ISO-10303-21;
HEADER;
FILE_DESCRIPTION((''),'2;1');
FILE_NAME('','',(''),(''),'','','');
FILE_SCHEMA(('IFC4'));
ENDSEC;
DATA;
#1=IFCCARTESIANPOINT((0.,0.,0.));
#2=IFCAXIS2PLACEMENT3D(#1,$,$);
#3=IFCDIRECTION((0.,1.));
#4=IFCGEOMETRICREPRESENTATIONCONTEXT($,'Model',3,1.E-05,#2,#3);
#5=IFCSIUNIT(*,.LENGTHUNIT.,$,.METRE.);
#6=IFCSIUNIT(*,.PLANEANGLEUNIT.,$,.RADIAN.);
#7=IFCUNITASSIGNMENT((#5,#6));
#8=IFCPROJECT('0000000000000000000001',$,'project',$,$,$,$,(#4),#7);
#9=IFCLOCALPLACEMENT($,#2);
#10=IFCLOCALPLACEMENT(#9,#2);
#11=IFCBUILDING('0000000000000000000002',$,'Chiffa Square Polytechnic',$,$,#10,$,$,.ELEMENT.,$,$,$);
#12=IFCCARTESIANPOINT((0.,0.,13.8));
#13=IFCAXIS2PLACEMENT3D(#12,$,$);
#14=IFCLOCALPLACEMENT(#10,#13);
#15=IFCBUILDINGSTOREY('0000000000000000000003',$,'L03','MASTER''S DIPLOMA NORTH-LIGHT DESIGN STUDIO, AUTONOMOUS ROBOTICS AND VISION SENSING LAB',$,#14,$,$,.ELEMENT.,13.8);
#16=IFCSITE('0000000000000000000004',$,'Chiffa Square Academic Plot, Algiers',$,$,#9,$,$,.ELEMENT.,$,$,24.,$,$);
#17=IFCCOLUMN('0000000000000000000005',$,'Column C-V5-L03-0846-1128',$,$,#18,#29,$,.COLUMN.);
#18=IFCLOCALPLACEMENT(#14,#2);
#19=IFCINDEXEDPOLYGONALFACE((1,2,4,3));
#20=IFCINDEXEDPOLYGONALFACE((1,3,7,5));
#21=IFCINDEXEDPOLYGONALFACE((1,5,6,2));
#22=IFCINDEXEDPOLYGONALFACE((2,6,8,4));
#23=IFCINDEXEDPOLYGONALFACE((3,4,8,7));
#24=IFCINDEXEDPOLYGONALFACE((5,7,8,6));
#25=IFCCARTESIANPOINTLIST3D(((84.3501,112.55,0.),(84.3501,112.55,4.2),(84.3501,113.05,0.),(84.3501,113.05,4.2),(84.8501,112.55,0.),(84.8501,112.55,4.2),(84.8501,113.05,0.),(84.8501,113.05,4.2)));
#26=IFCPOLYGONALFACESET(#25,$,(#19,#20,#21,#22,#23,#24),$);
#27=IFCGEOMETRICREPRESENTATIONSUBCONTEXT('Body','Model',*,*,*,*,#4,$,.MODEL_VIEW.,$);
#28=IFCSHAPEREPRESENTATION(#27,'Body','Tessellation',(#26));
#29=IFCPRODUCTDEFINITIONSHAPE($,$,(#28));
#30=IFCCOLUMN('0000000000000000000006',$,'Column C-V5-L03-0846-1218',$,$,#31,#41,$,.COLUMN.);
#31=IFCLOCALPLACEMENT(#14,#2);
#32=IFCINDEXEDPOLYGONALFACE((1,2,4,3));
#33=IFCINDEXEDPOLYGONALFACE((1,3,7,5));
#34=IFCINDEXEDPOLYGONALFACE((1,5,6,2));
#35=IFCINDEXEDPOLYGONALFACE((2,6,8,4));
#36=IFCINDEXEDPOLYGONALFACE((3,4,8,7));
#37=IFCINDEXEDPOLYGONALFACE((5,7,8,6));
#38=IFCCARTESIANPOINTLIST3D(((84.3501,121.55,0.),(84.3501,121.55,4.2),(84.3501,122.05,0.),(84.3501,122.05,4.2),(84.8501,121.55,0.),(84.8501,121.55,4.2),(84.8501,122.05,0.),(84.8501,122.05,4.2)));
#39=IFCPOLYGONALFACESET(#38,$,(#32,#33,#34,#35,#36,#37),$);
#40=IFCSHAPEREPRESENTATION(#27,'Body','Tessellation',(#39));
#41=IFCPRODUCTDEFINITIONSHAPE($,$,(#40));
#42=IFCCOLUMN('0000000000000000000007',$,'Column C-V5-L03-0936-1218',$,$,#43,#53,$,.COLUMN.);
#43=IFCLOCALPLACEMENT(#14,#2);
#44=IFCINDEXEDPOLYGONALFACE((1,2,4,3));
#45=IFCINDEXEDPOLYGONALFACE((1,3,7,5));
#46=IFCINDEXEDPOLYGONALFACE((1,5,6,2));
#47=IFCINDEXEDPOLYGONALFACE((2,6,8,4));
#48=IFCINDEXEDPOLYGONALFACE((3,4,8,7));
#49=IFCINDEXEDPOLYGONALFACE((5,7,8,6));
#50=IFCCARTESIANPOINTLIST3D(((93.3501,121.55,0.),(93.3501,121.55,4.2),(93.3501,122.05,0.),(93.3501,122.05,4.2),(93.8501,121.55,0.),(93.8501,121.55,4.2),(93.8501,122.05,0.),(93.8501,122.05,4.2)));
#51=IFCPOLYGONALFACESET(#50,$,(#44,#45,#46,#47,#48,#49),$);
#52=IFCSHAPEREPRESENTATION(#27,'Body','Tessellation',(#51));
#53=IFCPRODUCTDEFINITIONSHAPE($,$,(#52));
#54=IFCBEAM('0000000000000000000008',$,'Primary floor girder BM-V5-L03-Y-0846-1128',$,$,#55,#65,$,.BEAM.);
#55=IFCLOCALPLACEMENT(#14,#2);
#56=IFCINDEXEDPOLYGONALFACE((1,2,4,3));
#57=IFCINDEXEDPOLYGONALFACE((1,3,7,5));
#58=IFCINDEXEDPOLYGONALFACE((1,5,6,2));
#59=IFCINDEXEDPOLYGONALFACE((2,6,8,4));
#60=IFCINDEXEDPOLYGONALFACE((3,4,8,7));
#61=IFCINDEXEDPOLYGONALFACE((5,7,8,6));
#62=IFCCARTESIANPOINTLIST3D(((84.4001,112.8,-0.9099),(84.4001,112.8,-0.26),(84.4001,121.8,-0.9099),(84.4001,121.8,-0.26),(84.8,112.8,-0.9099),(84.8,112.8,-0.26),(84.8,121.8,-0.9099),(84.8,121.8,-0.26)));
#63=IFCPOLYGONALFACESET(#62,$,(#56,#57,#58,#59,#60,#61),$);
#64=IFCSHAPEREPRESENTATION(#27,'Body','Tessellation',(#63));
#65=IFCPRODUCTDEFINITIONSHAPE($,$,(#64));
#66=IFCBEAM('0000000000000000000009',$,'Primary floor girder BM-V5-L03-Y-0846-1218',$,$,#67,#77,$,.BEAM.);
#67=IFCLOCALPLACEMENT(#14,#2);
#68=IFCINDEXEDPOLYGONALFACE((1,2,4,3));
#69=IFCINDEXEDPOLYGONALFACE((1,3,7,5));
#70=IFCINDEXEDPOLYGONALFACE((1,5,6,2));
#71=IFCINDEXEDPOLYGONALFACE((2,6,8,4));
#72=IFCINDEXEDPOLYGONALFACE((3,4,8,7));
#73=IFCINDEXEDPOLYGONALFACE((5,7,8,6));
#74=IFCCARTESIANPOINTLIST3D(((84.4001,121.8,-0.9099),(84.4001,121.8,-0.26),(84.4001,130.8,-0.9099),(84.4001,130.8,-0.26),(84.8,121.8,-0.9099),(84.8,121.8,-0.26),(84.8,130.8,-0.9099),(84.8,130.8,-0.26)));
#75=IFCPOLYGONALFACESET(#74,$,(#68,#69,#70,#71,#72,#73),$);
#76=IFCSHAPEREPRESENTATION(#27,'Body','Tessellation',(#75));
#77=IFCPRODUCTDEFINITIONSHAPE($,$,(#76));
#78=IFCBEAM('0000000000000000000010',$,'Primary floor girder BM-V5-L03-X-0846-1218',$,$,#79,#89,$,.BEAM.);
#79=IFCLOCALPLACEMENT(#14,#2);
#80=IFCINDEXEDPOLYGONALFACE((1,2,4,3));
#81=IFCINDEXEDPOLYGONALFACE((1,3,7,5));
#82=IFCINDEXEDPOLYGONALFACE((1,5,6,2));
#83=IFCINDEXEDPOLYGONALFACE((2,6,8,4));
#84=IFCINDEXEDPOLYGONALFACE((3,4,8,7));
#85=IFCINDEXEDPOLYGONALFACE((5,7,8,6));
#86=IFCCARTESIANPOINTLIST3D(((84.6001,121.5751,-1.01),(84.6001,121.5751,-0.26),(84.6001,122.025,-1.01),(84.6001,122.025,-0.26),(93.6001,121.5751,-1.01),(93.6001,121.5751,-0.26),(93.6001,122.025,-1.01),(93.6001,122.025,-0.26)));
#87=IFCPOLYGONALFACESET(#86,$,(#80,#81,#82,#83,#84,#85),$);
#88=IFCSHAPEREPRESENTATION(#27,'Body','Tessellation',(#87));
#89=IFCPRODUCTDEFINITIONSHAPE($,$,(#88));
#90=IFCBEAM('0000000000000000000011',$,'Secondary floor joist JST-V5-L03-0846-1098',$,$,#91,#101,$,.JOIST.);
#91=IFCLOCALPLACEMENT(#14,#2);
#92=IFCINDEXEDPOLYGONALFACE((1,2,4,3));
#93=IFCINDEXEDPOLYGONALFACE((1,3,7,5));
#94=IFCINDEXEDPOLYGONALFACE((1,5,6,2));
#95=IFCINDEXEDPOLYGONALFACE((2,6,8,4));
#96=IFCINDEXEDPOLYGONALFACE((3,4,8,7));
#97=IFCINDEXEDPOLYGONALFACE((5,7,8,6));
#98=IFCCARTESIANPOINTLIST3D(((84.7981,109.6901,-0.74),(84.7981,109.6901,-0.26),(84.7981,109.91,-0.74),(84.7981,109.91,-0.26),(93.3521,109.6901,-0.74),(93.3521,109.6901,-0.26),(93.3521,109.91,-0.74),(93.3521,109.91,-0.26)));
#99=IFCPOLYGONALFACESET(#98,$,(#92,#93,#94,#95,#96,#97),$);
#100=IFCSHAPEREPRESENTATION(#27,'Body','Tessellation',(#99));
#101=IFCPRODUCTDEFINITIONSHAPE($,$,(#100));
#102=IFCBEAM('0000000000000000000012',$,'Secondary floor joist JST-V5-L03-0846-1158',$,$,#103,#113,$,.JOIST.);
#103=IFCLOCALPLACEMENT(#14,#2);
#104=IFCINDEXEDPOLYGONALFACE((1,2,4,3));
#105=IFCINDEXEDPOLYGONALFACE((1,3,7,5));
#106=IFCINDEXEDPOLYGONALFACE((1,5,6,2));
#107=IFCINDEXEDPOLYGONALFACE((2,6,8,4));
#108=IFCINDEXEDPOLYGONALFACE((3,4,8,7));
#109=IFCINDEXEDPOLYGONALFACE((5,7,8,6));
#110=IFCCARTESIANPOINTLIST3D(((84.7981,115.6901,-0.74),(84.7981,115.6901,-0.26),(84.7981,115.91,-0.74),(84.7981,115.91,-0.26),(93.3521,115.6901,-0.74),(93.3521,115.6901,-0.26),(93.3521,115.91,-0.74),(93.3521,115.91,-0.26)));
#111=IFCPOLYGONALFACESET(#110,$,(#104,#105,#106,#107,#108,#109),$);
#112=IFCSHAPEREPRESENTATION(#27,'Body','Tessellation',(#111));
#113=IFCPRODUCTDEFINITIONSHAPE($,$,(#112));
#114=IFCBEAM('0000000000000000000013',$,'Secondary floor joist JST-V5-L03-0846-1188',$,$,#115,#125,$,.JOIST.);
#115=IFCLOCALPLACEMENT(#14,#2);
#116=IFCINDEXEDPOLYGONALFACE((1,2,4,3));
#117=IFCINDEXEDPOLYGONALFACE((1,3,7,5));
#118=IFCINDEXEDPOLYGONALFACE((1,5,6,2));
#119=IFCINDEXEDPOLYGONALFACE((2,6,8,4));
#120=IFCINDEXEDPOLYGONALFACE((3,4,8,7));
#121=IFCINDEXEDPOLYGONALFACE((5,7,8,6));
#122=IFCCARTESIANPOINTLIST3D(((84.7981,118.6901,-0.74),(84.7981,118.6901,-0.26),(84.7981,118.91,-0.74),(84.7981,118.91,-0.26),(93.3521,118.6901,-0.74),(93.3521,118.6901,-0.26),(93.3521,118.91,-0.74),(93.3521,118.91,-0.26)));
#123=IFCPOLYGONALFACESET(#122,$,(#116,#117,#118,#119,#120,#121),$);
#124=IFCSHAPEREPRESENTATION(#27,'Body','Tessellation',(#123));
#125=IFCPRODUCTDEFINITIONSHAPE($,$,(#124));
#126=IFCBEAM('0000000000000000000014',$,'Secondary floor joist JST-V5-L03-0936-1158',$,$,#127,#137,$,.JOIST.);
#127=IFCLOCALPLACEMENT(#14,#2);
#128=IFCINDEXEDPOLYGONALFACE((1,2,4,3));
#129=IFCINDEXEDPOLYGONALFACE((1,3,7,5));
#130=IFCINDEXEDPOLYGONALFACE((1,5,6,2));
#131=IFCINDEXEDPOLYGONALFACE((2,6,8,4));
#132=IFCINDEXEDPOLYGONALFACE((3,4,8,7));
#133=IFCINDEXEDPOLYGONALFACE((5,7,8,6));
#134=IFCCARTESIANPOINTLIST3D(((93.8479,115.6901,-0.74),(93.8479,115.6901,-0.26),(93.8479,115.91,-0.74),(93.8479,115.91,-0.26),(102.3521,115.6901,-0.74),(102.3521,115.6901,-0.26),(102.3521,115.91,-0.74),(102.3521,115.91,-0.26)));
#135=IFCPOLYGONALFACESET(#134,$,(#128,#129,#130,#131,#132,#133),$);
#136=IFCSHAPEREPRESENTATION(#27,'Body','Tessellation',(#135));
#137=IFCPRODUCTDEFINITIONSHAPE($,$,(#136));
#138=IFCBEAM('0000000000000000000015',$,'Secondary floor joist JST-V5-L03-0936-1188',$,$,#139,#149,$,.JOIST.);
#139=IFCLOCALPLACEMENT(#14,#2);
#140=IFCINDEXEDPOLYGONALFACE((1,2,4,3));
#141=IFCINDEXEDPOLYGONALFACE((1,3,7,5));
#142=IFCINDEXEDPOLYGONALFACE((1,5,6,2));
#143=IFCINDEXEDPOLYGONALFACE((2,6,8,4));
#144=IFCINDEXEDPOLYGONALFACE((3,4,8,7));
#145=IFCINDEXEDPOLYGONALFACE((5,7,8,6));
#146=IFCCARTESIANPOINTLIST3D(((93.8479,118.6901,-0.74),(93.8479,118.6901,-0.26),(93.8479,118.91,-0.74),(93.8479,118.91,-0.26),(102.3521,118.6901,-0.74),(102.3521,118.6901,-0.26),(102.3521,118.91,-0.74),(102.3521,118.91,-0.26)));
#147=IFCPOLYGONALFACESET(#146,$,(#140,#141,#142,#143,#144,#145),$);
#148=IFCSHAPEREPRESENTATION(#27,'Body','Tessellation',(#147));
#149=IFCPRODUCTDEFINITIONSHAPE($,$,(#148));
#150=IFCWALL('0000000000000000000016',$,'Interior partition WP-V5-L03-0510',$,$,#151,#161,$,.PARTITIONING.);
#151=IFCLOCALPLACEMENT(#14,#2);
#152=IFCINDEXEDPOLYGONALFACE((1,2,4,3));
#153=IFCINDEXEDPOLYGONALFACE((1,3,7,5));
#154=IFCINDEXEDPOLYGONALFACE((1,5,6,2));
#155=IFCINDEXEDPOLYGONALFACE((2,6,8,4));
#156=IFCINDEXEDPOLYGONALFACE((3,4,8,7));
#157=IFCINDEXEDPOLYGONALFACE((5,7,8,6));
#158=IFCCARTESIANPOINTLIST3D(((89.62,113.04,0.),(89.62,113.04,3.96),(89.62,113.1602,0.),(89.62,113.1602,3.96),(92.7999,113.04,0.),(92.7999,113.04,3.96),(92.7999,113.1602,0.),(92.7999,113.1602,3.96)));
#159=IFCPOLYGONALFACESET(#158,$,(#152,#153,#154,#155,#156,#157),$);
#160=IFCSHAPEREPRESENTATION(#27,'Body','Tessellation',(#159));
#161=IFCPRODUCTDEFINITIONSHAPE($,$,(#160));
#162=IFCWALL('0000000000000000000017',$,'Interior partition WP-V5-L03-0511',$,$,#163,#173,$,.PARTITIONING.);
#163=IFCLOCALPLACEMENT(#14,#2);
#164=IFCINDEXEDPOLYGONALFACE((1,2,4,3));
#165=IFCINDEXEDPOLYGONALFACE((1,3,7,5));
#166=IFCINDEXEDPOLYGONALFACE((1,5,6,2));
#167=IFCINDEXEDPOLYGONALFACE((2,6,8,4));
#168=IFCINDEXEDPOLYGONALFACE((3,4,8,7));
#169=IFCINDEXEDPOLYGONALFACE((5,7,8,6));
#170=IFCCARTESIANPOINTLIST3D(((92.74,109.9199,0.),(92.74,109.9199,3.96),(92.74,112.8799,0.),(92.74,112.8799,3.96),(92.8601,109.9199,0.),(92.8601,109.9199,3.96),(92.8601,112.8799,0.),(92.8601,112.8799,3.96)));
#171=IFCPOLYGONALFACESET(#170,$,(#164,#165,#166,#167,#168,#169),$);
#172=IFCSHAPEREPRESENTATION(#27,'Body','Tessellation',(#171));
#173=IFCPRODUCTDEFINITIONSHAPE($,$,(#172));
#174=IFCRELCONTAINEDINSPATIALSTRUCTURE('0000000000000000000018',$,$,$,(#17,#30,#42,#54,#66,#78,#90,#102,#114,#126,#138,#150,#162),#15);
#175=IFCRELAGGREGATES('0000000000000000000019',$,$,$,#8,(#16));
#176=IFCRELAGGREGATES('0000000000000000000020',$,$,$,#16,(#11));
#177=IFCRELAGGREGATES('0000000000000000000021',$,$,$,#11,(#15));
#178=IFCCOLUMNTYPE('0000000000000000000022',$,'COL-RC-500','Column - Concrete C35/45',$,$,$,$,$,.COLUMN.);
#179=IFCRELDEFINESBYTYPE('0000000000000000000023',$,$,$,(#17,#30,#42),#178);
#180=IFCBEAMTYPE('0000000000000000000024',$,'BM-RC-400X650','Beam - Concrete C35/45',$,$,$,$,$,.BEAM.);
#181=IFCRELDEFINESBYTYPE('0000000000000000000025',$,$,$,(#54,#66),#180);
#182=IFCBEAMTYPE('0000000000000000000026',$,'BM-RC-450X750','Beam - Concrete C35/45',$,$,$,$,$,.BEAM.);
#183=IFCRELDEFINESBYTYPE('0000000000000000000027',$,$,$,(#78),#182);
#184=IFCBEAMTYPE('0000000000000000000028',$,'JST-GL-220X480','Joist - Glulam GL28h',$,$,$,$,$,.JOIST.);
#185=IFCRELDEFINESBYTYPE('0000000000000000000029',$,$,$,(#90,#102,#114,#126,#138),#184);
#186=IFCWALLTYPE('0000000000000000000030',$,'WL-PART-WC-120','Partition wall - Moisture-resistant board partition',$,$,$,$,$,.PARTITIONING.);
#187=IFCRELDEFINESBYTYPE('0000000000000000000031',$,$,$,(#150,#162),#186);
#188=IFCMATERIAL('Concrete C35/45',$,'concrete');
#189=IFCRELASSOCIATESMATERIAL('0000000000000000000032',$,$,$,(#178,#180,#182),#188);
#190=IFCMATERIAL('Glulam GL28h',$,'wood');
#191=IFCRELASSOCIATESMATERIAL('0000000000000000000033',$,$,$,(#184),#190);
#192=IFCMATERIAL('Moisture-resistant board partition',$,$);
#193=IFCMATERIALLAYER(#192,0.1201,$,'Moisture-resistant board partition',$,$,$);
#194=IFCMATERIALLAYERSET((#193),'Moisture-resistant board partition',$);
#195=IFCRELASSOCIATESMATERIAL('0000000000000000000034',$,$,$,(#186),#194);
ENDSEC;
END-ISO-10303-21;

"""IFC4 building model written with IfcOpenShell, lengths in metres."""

from ifc_helpers import new_model, si_unit, direction, frame, frame_2d, origin, origin_2d, place, context, subcontext, project, spatial, rectangle, extrude, material, layer, layer_set, material_profile, profile_set, type_object, element, save


model = new_model("IFC4")

# Units and contexts
model_context = context("Model", 3, precision=1e-05, world=origin(), true_north=direction((0.0, 1.0)))
body_context = subcontext(model_context, "Body", "Model", "MODEL_VIEW")
ifc_project = project(units=[si_unit("LENGTHUNIT", "METRE"), si_unit("PLANEANGLEUNIT", "RADIAN")], contexts=[model_context])

# Site, building, storey
site_placement = place(None, origin())
site = spatial("IfcSite", under=ifc_project, at=site_placement, Name="Chiffa Square Academic Plot, Algiers", CompositionType="ELEMENT", RefElevation=24.0)
building_placement = place(site_placement, origin())
building = spatial("IfcBuilding", under=site, at=building_placement, Name="Chiffa Square Polytechnic", CompositionType="ELEMENT")
storey_placement = place(building_placement, frame((0.0, 0.0, 13.8)))
storey = spatial("IfcBuildingStorey", under=building, at=storey_placement, Name="L03", Description="MASTER'S DIPLOMA NORTH-LIGHT DESIGN STUDIO, AUTONOMOUS ROBOTICS AND VISION SENSING LAB", CompositionType="ELEMENT", Elevation=13.8)

# Columns
ifc_material_1 = material(Name="Concrete C35/45", Category="concrete")
ifc_material_profile_1 = material_profile(ifc_material_1, rectangle(XDim=0.5, YDim=0.5, at=origin_2d()), Name="RC 500x500")
ifc_profile_set_1 = profile_set([ifc_material_profile_1], Name="Concrete C35/45")
column_type = type_object("IfcColumnType", Name="COL-RC-500", Description="Column - Concrete C35/45", PredefinedType="COLUMN", material=ifc_profile_set_1)
for number, where, z_axis, x_axis, name in (
    (1, (84.6001, 112.8, 0.0), (0.0, 0.0, 1.0), (1.0, 0.0, 0.0), "Column C-V5-L03-0846-1128"),
    (2, (84.6001, 121.8, 0.0), (0.0, 0.0, 1.0), (1.0, 0.0, 0.0), "Column C-V5-L03-0846-1218"),
    (3, (93.6001, 121.8, 0.0), (0.0, 0.0, 1.0), (1.0, 0.0, 0.0), "Column C-V5-L03-0936-1218"),
):
    element("IfcColumn", number, at=place(storey_placement, frame(where, z_axis=z_axis, x_axis=x_axis)), inside=storey, type_object=column_type, Name=name, PredefinedType="COLUMN", context=body_context, shape_type="SweptSolid", body=[
        extrude(rectangle(XDim=0.5, YDim=0.5, at=origin_2d()), origin(), (0.0, 0.0, 1.0), 4.2),
    ])

# Beams
ifc_material_profile_2 = material_profile(ifc_material_1, rectangle(XDim=0.3999, YDim=0.6499, at=origin_2d()), Name="RC 400x650")
ifc_profile_set_2 = profile_set([ifc_material_profile_2], Name="Concrete C35/45")
beam_type_1 = type_object("IfcBeamType", Name="BM-RC-400X650", Description="Beam - Concrete C35/45", PredefinedType="BEAM", material=ifc_profile_set_2)
for number, where, z_axis, x_axis, name in (
    (4, (84.6001, 112.8, -0.585), (0.0, 1.0, 0.0), (-1.0, 0.0, 0.0), "Primary floor girder BM-V5-L03-Y-0846-1128"),
    (5, (84.6001, 121.8, -0.585), (0.0, 1.0, 0.0), (-1.0, 0.0, 0.0), "Primary floor girder BM-V5-L03-Y-0846-1218"),
):
    element("IfcBeam", number, at=place(storey_placement, frame(where, z_axis=z_axis, x_axis=x_axis)), inside=storey, type_object=beam_type_1, Name=name, PredefinedType="BEAM", context=body_context, shape_type="SweptSolid", body=[
        extrude(rectangle(XDim=0.3999, YDim=0.6499, at=origin_2d()), origin(), (0.0, 0.0, 1.0), 9.0),
    ])
ifc_material_profile_3 = material_profile(ifc_material_1, rectangle(XDim=0.45, YDim=0.75, at=origin_2d()), Name="RC 450x750")
ifc_profile_set_3 = profile_set([ifc_material_profile_3], Name="Concrete C35/45")
beam_type_2 = type_object("IfcBeamType", Name="BM-RC-450X750", Description="Beam - Concrete C35/45", PredefinedType="BEAM", material=ifc_profile_set_3)
beam_placement = place(storey_placement, frame((84.6001, 121.8, -0.635), z_axis=(1.0, 0.0, 0.0), x_axis=(0.0, 1.0, 0.0)))
element("IfcBeam", 6, at=beam_placement, inside=storey, type_object=beam_type_2, Name="Primary floor girder BM-V5-L03-X-0846-1218", PredefinedType="BEAM", context=body_context, shape_type="SweptSolid", body=[
    extrude(rectangle(XDim=0.45, YDim=0.75, at=origin_2d()), origin(), (0.0, 0.0, 1.0), 9.0),
])
ifc_material_2 = material(Name="Glulam GL28h", Category="wood")
ifc_material_profile_4 = material_profile(ifc_material_2, rectangle(XDim=0.22, YDim=0.48, at=origin_2d()), Name="GL28h 220x480")
ifc_profile_set_4 = profile_set([ifc_material_profile_4], Name="Glulam GL28h")
beam_type_3 = type_object("IfcBeamType", Name="JST-GL-220X480", Description="Joist - Glulam GL28h", PredefinedType="JOIST", material=ifc_profile_set_4)
for number, where, z_axis, x_axis, name in (
    (7, (84.7981, 109.8, -0.5), (1.0, 0.0, 0.0), (0.0, 1.0, 0.0), "Secondary floor joist JST-V5-L03-0846-1098"),
    (8, (84.7981, 115.8, -0.5), (1.0, 0.0, 0.0), (0.0, 1.0, 0.0), "Secondary floor joist JST-V5-L03-0846-1158"),
    (9, (84.7981, 118.8, -0.5), (1.0, 0.0, 0.0), (0.0, 1.0, 0.0), "Secondary floor joist JST-V5-L03-0846-1188"),
):
    element("IfcBeam", number, at=place(storey_placement, frame(where, z_axis=z_axis, x_axis=x_axis)), inside=storey, type_object=beam_type_3, Name=name, PredefinedType="JOIST", context=body_context, shape_type="SweptSolid", body=[
        extrude(rectangle(XDim=0.22, YDim=0.48, at=origin_2d()), origin(), (0.0, 0.0, 1.0), 8.554),
    ])
for number, where, z_axis, x_axis, name in (
    (10, (93.8479, 115.8, -0.5), (1.0, 0.0, 0.0), (0.0, 1.0, 0.0), "Secondary floor joist JST-V5-L03-0936-1158"),
    (11, (93.8479, 118.8, -0.5), (1.0, 0.0, 0.0), (0.0, 1.0, 0.0), "Secondary floor joist JST-V5-L03-0936-1188"),
):
    element("IfcBeam", number, at=place(storey_placement, frame(where, z_axis=z_axis, x_axis=x_axis)), inside=storey, type_object=beam_type_3, Name=name, PredefinedType="JOIST", context=body_context, shape_type="SweptSolid", body=[
        extrude(rectangle(XDim=0.22, YDim=0.48, at=origin_2d()), origin(), (0.0, 0.0, 1.0), 8.5042),
    ])

# Walls
ifc_material_3 = material(Name="Moisture-resistant board partition")
ifc_layer_1 = layer(ifc_material_3, 0.1201, Name="Moisture-resistant board partition")
ifc_layer_set_1 = layer_set([ifc_layer_1], Name="Moisture-resistant board partition")
wall_type_1 = type_object("IfcWallType", Name="WL-PART-WC-120", Description="Partition wall - Moisture-resistant board partition", PredefinedType="PARTITIONING", material=ifc_layer_set_1)
wall_1_placement = place(storey_placement, frame((89.6201, 113.1001, 0.0), z_axis=(0.0, 0.0, 1.0), x_axis=(1.0, 0.0, 0.0)))
element("IfcWall", 12, at=wall_1_placement, inside=storey, type_object=wall_type_1, Name="Interior partition WP-V5-L03-0510", PredefinedType="PARTITIONING", context=body_context, shape_type="SweptSolid", body=[
    extrude(rectangle(XDim=3.1799, YDim=0.1201, at=frame_2d((1.5898, 0.0))), origin(), (0.0, 0.0, 1.0), 3.96),
])
wall_2_placement = place(storey_placement, frame((92.8, 109.9199, 0.0), z_axis=(0.0, 0.0, 1.0), x_axis=(0.0, 1.0, 0.0)))
element("IfcWall", 13, at=wall_2_placement, inside=storey, type_object=wall_type_1, Name="Interior partition WP-V5-L03-0511", PredefinedType="PARTITIONING", context=body_context, shape_type="SweptSolid", body=[
    extrude(rectangle(XDim=2.96, YDim=0.1201, at=frame_2d((1.48, 0.0))), origin(), (0.0, 0.0, 1.0), 3.96),
])

save(model, "model.ifc")
